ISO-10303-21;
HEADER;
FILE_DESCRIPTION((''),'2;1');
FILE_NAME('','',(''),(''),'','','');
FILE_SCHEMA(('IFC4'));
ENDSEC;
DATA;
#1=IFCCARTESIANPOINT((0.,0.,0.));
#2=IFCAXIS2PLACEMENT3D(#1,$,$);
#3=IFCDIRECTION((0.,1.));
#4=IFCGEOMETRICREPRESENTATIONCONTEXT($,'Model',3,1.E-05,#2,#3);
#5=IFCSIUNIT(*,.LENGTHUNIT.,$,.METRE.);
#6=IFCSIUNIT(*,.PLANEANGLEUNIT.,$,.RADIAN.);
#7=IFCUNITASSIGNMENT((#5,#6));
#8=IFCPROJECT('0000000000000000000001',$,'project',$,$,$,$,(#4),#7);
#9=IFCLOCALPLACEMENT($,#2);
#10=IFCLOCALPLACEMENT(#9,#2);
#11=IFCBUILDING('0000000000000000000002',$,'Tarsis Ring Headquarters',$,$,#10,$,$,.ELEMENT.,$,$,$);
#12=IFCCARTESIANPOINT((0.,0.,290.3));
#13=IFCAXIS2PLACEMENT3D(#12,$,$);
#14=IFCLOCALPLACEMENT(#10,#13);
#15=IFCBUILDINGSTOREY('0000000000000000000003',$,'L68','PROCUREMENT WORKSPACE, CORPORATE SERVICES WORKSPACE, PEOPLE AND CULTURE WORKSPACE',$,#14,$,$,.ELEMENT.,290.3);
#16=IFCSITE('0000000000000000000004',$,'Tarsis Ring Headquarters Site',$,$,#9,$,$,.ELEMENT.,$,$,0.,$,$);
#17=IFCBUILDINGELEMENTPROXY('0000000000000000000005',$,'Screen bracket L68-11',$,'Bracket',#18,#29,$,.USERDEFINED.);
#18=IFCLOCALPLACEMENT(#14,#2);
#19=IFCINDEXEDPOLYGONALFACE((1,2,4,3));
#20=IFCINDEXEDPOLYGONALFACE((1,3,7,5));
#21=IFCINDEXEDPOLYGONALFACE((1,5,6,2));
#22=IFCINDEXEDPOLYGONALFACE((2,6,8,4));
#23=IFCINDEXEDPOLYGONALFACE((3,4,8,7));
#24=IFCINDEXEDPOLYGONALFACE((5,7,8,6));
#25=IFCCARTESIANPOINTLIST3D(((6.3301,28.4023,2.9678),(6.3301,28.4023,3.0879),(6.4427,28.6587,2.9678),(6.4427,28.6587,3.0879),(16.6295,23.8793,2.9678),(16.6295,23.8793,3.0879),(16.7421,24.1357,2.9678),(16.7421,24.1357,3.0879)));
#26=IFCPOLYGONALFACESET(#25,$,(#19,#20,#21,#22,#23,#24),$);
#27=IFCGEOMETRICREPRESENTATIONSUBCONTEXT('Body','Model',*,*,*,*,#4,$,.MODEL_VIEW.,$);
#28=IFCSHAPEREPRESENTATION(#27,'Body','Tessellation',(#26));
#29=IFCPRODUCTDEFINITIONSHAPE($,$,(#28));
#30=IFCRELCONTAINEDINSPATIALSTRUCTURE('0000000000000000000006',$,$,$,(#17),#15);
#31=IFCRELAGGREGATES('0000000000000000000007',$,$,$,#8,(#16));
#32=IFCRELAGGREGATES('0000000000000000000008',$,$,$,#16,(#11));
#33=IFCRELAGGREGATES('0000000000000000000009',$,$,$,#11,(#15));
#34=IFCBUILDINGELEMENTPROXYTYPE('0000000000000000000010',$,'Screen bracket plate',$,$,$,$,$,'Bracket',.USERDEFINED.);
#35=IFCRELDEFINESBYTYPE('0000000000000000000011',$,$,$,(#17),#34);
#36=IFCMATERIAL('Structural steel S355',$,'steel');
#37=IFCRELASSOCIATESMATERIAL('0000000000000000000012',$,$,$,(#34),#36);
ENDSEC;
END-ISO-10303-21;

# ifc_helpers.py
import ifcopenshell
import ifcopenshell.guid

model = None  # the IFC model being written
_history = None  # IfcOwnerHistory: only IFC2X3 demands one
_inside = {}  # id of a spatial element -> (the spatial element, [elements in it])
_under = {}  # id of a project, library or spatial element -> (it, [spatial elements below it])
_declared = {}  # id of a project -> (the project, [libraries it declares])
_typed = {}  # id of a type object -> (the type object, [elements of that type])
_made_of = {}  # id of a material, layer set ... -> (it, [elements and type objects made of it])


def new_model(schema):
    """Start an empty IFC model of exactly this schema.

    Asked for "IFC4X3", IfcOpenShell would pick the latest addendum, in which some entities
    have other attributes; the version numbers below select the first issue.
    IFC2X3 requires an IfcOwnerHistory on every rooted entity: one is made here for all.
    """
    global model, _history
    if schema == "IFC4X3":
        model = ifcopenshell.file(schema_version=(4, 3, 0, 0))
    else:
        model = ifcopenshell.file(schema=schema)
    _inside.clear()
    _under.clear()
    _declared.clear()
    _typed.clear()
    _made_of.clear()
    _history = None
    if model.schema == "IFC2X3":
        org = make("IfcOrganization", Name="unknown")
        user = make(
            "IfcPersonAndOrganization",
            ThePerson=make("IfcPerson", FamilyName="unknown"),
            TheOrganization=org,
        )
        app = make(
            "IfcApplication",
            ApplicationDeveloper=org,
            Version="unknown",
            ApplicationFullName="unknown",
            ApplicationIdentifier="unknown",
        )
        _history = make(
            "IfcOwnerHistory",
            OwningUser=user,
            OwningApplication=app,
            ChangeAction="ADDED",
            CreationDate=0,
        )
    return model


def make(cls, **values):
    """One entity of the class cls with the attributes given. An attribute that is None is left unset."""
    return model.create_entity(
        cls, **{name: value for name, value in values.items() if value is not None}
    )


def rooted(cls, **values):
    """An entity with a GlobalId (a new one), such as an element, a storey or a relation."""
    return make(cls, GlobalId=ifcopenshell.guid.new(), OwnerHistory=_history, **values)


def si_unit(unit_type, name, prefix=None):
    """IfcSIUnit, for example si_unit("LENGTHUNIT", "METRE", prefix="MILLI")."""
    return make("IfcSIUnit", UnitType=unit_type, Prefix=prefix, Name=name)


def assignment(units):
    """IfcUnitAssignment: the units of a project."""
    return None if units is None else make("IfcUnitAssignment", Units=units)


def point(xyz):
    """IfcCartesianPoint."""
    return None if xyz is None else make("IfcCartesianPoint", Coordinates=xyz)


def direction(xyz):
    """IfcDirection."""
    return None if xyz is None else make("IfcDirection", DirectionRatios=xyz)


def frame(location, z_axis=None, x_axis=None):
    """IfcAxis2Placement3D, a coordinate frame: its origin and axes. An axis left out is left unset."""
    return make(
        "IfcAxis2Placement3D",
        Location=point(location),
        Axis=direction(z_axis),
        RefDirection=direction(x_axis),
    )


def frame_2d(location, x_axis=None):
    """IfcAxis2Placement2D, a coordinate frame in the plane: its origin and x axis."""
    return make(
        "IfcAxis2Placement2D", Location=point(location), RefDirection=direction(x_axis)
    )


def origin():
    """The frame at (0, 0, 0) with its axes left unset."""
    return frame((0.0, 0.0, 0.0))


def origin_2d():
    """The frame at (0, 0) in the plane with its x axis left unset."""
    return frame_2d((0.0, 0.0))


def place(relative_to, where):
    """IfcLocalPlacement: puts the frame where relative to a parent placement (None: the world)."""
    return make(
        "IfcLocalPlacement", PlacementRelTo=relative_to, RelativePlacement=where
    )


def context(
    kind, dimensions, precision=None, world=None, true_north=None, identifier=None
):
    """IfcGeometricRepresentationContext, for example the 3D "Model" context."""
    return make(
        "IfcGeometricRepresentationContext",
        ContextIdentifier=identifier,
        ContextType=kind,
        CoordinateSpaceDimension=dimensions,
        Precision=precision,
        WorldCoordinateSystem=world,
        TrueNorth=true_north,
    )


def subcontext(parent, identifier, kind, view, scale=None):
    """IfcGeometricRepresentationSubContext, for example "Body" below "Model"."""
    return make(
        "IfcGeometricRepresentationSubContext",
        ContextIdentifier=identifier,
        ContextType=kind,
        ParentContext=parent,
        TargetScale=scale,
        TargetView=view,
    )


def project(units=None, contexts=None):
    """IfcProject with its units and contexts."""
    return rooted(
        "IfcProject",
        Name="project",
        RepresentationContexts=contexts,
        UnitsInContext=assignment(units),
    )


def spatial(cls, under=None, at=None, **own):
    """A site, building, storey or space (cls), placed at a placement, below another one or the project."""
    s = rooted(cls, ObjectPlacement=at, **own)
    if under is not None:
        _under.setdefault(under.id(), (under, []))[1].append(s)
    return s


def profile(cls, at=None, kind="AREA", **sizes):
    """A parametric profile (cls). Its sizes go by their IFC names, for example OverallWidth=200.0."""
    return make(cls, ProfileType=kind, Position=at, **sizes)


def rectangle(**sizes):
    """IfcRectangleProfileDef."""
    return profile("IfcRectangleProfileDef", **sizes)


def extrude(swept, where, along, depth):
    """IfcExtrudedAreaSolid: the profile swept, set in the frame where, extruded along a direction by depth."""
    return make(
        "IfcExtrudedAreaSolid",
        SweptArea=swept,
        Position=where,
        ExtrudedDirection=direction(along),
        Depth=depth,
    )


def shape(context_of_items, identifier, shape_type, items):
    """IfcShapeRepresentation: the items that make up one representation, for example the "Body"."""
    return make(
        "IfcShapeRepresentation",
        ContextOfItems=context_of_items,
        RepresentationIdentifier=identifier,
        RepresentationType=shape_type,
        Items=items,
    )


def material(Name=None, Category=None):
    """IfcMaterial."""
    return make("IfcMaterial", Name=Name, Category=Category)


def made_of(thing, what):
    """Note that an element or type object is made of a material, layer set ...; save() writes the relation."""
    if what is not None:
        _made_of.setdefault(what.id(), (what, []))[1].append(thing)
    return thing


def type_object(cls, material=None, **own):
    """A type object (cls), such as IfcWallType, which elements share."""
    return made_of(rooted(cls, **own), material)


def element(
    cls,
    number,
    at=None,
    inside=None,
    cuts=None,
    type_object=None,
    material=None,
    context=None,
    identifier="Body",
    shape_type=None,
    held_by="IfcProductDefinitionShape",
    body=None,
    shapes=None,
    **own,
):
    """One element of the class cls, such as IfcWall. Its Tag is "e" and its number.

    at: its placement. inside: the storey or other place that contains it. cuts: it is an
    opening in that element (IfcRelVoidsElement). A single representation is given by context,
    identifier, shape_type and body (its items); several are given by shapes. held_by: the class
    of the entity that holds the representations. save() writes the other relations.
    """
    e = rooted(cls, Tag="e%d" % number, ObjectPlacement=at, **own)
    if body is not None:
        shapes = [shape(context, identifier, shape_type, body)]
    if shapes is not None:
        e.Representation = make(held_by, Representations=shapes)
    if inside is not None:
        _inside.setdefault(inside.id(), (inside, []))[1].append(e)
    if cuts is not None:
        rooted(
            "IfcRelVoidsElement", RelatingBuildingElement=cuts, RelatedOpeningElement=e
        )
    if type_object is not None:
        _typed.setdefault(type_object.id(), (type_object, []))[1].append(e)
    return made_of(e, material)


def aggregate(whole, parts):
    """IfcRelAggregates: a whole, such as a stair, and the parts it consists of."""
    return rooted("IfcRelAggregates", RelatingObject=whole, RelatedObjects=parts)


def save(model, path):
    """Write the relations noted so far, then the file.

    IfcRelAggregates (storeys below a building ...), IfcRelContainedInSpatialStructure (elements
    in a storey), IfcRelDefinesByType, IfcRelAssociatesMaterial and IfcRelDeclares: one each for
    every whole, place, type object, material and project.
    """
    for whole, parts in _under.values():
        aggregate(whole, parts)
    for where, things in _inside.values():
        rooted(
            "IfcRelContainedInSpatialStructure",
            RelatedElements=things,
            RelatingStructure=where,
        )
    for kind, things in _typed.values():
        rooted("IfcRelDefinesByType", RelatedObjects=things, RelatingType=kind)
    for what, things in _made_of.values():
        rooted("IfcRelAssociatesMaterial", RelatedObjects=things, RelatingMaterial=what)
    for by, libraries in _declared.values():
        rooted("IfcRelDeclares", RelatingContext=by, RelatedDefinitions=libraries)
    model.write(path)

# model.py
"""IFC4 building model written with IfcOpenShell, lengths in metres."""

from ifc_helpers import new_model, si_unit, direction, frame, origin, origin_2d, place, context, subcontext, project, spatial, rectangle, extrude, material, type_object, element, save


model = new_model("IFC4")

# Units and contexts
model_context = context("Model", 3, precision=1e-05, world=origin(), true_north=direction((0.0, 1.0)))
body_context = subcontext(model_context, "Body", "Model", "MODEL_VIEW")
ifc_project = project(units=[si_unit("LENGTHUNIT", "METRE"), si_unit("PLANEANGLEUNIT", "RADIAN")], contexts=[model_context])

# Site, building, storey
site_placement = place(None, origin())
site = spatial("IfcSite", under=ifc_project, at=site_placement, Name="Tarsis Ring Headquarters Site", CompositionType="ELEMENT", RefElevation=0.0)
building_placement = place(site_placement, origin())
building = spatial("IfcBuilding", under=site, at=building_placement, Name="Tarsis Ring Headquarters", CompositionType="ELEMENT")
storey_placement = place(building_placement, frame((0.0, 0.0, 290.3)))
storey = spatial("IfcBuildingStorey", under=building, at=storey_placement, Name="L68", Description="PROCUREMENT WORKSPACE, CORPORATE SERVICES WORKSPACE, PEOPLE AND CULTURE WORKSPACE", CompositionType="ELEMENT", Elevation=290.3)

# Shared definitions
ifc_material_1 = material(Name="Structural steel S355", Category="steel")

# Building element proxy
building_element_proxy_type = type_object("IfcBuildingElementProxyType", Name="Screen bracket plate", ElementType="Bracket", PredefinedType="USERDEFINED", material=ifc_material_1)
proxy_placement = place(storey_placement, frame((11.5361, 26.269, 2.9678), z_axis=(0.0, 0.0, 1.0), x_axis=(-0.915601, 0.402088, 0.0)))
element("IfcBuildingElementProxy", 1, at=proxy_placement, inside=storey, type_object=building_element_proxy_type, Name="Screen bracket L68-11", ObjectType="Bracket", PredefinedType="USERDEFINED", context=body_context, shape_type="SweptSolid", body=[
    extrude(rectangle(XDim=11.2488, YDim=0.28, at=origin_2d()), origin(), (0.0, 0.0, 1.0), 0.1201),
])

save(model, "model.ifc")
